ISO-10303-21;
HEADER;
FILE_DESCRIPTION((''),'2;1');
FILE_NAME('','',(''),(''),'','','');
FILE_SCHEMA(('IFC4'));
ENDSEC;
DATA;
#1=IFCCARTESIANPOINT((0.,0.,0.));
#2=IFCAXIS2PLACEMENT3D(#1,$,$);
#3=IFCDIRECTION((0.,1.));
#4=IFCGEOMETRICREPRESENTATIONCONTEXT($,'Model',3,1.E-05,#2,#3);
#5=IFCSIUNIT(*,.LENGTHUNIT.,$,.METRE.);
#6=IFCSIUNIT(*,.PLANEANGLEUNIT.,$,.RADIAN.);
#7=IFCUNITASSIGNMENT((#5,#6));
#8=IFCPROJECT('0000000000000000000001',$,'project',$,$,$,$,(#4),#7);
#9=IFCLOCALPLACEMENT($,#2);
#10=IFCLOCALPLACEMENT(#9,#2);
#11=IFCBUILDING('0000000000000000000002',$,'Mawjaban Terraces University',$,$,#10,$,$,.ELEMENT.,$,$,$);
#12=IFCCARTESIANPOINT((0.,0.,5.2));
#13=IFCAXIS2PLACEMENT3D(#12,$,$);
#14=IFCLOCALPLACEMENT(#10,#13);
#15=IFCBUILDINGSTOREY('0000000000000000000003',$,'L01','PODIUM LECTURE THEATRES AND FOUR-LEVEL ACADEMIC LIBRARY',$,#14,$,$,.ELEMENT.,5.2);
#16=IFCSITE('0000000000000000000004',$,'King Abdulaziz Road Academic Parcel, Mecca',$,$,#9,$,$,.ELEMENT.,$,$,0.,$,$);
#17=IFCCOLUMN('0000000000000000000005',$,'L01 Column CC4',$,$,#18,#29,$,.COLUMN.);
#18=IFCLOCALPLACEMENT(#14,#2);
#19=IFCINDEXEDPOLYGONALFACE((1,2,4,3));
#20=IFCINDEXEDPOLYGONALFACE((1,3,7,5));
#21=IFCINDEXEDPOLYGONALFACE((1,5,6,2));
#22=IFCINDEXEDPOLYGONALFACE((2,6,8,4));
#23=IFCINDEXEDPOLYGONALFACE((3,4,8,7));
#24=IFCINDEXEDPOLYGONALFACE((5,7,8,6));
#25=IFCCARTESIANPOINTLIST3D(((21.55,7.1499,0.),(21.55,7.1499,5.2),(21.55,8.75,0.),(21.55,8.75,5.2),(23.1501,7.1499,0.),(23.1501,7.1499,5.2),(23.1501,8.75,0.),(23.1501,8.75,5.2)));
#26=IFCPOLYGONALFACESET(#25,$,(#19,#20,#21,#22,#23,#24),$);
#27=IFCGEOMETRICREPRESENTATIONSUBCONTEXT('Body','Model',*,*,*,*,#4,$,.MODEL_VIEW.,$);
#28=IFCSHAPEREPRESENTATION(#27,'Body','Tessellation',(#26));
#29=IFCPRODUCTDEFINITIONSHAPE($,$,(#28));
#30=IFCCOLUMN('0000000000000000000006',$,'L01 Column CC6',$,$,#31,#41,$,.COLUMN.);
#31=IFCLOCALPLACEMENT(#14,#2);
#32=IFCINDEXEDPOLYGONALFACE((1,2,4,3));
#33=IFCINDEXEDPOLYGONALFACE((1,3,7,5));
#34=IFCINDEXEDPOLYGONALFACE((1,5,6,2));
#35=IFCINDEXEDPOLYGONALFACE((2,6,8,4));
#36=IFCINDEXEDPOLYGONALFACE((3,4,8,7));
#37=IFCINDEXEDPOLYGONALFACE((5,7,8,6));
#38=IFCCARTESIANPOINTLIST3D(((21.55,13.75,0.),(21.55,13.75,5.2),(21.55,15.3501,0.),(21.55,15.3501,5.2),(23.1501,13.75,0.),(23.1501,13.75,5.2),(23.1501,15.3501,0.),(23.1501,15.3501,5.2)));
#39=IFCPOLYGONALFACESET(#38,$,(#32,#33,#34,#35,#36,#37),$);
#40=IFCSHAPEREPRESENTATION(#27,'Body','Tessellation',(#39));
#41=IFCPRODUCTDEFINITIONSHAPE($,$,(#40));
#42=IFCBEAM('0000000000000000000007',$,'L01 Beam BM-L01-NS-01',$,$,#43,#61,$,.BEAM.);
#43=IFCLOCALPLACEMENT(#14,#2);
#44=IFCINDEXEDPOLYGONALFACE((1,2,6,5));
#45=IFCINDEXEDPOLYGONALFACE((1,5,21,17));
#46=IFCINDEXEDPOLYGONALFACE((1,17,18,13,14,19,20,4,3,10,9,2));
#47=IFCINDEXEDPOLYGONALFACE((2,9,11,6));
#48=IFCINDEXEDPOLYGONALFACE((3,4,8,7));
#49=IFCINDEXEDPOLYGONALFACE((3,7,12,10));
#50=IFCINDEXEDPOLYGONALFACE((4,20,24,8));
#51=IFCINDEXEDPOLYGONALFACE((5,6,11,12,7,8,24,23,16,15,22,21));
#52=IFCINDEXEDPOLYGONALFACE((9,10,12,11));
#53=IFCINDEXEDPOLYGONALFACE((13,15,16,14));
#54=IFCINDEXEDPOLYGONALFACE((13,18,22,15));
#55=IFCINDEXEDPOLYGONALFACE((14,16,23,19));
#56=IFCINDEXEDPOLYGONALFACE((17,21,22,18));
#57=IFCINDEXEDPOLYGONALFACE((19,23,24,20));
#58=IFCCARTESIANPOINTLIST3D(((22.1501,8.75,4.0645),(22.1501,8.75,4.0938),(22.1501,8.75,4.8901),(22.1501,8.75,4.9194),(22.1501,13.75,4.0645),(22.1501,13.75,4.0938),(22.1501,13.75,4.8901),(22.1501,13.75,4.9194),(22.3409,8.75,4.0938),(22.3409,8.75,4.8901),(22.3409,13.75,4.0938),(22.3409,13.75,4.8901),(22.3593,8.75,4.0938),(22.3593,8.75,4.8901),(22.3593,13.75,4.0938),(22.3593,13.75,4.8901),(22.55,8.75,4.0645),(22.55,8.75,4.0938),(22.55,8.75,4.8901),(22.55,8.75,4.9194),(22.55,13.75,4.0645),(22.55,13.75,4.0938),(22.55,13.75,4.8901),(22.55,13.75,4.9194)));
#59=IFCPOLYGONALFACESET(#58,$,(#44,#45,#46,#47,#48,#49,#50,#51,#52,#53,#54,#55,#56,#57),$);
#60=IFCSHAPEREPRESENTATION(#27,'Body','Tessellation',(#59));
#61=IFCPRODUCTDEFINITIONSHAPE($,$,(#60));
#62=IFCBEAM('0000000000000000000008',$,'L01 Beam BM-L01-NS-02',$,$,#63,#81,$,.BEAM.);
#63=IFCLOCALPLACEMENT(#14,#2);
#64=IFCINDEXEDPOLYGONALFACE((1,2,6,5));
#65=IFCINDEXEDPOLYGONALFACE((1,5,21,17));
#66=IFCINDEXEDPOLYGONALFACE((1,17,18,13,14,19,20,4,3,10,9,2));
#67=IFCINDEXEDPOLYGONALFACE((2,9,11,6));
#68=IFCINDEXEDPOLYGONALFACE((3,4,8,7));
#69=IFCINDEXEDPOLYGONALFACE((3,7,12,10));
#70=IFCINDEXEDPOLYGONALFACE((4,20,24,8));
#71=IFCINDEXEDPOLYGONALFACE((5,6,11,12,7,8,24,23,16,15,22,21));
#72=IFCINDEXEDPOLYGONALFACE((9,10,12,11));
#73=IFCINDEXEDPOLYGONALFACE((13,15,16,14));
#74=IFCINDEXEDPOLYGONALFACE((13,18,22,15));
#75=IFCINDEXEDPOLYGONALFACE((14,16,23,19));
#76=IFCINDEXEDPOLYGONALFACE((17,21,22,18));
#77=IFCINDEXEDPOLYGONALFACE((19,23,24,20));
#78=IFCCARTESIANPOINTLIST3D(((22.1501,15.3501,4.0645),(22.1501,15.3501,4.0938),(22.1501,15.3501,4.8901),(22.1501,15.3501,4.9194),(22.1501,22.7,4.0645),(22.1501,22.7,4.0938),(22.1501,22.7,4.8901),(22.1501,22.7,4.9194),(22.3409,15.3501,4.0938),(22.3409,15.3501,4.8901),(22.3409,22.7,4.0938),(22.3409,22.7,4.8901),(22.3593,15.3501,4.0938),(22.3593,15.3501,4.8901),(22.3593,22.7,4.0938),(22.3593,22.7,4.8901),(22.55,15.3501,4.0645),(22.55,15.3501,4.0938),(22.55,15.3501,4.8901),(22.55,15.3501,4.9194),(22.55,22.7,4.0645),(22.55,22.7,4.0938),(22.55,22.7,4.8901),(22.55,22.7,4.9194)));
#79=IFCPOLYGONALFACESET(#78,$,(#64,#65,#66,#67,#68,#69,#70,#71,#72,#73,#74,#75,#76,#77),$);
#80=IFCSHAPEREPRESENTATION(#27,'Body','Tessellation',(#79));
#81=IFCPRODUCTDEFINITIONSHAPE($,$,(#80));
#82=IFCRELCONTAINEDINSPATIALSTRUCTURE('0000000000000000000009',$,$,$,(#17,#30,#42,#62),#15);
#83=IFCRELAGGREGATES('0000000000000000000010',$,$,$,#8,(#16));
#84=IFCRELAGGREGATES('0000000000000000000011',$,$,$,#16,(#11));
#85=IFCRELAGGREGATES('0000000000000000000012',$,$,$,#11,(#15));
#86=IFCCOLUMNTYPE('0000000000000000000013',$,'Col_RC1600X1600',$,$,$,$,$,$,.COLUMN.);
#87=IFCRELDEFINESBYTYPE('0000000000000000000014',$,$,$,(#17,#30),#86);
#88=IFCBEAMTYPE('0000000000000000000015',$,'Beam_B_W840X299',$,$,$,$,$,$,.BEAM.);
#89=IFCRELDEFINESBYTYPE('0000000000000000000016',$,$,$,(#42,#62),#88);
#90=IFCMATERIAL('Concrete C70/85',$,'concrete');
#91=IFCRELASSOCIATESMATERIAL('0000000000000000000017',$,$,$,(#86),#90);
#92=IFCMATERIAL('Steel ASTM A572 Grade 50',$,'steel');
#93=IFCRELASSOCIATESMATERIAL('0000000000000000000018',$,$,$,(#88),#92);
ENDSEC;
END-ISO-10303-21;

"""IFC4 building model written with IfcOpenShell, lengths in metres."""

from ifc_helpers import new_model, si_unit, direction, frame, origin, origin_2d, place, context, subcontext, project, spatial, rectangle, i_section, extrude, material, material_profile, profile_set, type_object, element, save


model = new_model("IFC4")

# Units and contexts
model_context = context("Model", 3, precision=1e-05, world=origin(), true_north=direction((0.0, 1.0)))
body_context = subcontext(model_context, "Body", "Model", "MODEL_VIEW")
ifc_project = project(units=[si_unit("LENGTHUNIT", "METRE"), si_unit("PLANEANGLEUNIT", "RADIAN")], contexts=[model_context])

# Site, building, storey
site_placement = place(None, origin())
site = spatial("IfcSite", under=ifc_project, at=site_placement, Name="King Abdulaziz Road Academic Parcel, Mecca", CompositionType="ELEMENT", RefElevation=0.0)
building_placement = place(site_placement, origin())
building = spatial("IfcBuilding", under=site, at=building_placement, Name="Mawjaban Terraces University", CompositionType="ELEMENT")
storey_placement = place(building_placement, frame((0.0, 0.0, 5.2)))
storey = spatial("IfcBuildingStorey", under=building, at=storey_placement, Name="L01", Description="PODIUM LECTURE THEATRES AND FOUR-LEVEL ACADEMIC LIBRARY", CompositionType="ELEMENT", Elevation=5.2)

# Columns
ifc_material_1 = material(Name="Concrete C70/85", Category="concrete")
ifc_material_profile_1 = material_profile(ifc_material_1, rectangle(XDim=1.6001, YDim=1.6001, at=origin_2d()), Name="RC1600X1600")
ifc_profile_set_1 = profile_set([ifc_material_profile_1], Name="Concrete C70/85")
column_type = type_object("IfcColumnType", Name="Col_RC1600X1600", PredefinedType="COLUMN", material=ifc_profile_set_1)
for number, where, z_axis, x_axis, name in (
    (1, (22.3501, 7.95, 0.0), (0.0, 0.0, 1.0), (1.0, 0.0, 0.0), "L01 Column CC4"),
    (2, (22.3501, 14.55, 0.0), (0.0, 0.0, 1.0), (1.0, 0.0, 0.0), "L01 Column CC6"),
):
    element("IfcColumn", number, at=place(storey_placement, frame(where, z_axis=z_axis, x_axis=x_axis)), inside=storey, type_object=column_type, Name=name, PredefinedType="COLUMN", context=body_context, shape_type="SweptSolid", body=[
        extrude(rectangle(XDim=1.6001, YDim=1.6001, at=origin_2d()), origin(), (0.0, 0.0, 1.0), 5.2),
    ])

# Beams
ifc_material_2 = material(Name="Steel ASTM A572 Grade 50", Category="steel")
ifc_material_profile_2 = material_profile(ifc_material_2, i_section(OverallWidth=0.3999, OverallDepth=0.855, WebThickness=0.0183, FlangeThickness=0.0293, at=origin_2d()), Name="W840X299")
ifc_profile_set_2 = profile_set([ifc_material_profile_2], Name="Steel ASTM A572 Grade 50")
beam_type = type_object("IfcBeamType", Name="Beam_B_W840X299", PredefinedType="BEAM", material=ifc_profile_set_2)
beam_1_placement = place(storey_placement, frame((22.3501, 8.75, 4.4919), z_axis=(0.0, 1.0, 0.0), x_axis=(-1.0, 0.0, 0.0)))
element("IfcBeam", 3, at=beam_1_placement, inside=storey, type_object=beam_type, Name="L01 Beam BM-L01-NS-01", PredefinedType="BEAM", context=body_context, shape_type="SweptSolid", body=[
    extrude(i_section(OverallWidth=0.3999, OverallDepth=0.855, WebThickness=0.0183, FlangeThickness=0.0293, at=origin_2d()), origin(), (0.0, 0.0, 1.0), 5.0),
])
beam_2_placement = place(storey_placement, frame((22.3501, 15.3501, 4.4919), z_axis=(0.0, 1.0, 0.0), x_axis=(-1.0, 0.0, 0.0)))
element("IfcBeam", 4, at=beam_2_placement, inside=storey, type_object=beam_type, Name="L01 Beam BM-L01-NS-02", PredefinedType="BEAM", context=body_context, shape_type="SweptSolid", body=[
    extrude(i_section(OverallWidth=0.3999, OverallDepth=0.855, WebThickness=0.0183, FlangeThickness=0.0293, at=origin_2d()), origin(), (0.0, 0.0, 1.0), 7.3499),
])

save(model, "model.ifc")
